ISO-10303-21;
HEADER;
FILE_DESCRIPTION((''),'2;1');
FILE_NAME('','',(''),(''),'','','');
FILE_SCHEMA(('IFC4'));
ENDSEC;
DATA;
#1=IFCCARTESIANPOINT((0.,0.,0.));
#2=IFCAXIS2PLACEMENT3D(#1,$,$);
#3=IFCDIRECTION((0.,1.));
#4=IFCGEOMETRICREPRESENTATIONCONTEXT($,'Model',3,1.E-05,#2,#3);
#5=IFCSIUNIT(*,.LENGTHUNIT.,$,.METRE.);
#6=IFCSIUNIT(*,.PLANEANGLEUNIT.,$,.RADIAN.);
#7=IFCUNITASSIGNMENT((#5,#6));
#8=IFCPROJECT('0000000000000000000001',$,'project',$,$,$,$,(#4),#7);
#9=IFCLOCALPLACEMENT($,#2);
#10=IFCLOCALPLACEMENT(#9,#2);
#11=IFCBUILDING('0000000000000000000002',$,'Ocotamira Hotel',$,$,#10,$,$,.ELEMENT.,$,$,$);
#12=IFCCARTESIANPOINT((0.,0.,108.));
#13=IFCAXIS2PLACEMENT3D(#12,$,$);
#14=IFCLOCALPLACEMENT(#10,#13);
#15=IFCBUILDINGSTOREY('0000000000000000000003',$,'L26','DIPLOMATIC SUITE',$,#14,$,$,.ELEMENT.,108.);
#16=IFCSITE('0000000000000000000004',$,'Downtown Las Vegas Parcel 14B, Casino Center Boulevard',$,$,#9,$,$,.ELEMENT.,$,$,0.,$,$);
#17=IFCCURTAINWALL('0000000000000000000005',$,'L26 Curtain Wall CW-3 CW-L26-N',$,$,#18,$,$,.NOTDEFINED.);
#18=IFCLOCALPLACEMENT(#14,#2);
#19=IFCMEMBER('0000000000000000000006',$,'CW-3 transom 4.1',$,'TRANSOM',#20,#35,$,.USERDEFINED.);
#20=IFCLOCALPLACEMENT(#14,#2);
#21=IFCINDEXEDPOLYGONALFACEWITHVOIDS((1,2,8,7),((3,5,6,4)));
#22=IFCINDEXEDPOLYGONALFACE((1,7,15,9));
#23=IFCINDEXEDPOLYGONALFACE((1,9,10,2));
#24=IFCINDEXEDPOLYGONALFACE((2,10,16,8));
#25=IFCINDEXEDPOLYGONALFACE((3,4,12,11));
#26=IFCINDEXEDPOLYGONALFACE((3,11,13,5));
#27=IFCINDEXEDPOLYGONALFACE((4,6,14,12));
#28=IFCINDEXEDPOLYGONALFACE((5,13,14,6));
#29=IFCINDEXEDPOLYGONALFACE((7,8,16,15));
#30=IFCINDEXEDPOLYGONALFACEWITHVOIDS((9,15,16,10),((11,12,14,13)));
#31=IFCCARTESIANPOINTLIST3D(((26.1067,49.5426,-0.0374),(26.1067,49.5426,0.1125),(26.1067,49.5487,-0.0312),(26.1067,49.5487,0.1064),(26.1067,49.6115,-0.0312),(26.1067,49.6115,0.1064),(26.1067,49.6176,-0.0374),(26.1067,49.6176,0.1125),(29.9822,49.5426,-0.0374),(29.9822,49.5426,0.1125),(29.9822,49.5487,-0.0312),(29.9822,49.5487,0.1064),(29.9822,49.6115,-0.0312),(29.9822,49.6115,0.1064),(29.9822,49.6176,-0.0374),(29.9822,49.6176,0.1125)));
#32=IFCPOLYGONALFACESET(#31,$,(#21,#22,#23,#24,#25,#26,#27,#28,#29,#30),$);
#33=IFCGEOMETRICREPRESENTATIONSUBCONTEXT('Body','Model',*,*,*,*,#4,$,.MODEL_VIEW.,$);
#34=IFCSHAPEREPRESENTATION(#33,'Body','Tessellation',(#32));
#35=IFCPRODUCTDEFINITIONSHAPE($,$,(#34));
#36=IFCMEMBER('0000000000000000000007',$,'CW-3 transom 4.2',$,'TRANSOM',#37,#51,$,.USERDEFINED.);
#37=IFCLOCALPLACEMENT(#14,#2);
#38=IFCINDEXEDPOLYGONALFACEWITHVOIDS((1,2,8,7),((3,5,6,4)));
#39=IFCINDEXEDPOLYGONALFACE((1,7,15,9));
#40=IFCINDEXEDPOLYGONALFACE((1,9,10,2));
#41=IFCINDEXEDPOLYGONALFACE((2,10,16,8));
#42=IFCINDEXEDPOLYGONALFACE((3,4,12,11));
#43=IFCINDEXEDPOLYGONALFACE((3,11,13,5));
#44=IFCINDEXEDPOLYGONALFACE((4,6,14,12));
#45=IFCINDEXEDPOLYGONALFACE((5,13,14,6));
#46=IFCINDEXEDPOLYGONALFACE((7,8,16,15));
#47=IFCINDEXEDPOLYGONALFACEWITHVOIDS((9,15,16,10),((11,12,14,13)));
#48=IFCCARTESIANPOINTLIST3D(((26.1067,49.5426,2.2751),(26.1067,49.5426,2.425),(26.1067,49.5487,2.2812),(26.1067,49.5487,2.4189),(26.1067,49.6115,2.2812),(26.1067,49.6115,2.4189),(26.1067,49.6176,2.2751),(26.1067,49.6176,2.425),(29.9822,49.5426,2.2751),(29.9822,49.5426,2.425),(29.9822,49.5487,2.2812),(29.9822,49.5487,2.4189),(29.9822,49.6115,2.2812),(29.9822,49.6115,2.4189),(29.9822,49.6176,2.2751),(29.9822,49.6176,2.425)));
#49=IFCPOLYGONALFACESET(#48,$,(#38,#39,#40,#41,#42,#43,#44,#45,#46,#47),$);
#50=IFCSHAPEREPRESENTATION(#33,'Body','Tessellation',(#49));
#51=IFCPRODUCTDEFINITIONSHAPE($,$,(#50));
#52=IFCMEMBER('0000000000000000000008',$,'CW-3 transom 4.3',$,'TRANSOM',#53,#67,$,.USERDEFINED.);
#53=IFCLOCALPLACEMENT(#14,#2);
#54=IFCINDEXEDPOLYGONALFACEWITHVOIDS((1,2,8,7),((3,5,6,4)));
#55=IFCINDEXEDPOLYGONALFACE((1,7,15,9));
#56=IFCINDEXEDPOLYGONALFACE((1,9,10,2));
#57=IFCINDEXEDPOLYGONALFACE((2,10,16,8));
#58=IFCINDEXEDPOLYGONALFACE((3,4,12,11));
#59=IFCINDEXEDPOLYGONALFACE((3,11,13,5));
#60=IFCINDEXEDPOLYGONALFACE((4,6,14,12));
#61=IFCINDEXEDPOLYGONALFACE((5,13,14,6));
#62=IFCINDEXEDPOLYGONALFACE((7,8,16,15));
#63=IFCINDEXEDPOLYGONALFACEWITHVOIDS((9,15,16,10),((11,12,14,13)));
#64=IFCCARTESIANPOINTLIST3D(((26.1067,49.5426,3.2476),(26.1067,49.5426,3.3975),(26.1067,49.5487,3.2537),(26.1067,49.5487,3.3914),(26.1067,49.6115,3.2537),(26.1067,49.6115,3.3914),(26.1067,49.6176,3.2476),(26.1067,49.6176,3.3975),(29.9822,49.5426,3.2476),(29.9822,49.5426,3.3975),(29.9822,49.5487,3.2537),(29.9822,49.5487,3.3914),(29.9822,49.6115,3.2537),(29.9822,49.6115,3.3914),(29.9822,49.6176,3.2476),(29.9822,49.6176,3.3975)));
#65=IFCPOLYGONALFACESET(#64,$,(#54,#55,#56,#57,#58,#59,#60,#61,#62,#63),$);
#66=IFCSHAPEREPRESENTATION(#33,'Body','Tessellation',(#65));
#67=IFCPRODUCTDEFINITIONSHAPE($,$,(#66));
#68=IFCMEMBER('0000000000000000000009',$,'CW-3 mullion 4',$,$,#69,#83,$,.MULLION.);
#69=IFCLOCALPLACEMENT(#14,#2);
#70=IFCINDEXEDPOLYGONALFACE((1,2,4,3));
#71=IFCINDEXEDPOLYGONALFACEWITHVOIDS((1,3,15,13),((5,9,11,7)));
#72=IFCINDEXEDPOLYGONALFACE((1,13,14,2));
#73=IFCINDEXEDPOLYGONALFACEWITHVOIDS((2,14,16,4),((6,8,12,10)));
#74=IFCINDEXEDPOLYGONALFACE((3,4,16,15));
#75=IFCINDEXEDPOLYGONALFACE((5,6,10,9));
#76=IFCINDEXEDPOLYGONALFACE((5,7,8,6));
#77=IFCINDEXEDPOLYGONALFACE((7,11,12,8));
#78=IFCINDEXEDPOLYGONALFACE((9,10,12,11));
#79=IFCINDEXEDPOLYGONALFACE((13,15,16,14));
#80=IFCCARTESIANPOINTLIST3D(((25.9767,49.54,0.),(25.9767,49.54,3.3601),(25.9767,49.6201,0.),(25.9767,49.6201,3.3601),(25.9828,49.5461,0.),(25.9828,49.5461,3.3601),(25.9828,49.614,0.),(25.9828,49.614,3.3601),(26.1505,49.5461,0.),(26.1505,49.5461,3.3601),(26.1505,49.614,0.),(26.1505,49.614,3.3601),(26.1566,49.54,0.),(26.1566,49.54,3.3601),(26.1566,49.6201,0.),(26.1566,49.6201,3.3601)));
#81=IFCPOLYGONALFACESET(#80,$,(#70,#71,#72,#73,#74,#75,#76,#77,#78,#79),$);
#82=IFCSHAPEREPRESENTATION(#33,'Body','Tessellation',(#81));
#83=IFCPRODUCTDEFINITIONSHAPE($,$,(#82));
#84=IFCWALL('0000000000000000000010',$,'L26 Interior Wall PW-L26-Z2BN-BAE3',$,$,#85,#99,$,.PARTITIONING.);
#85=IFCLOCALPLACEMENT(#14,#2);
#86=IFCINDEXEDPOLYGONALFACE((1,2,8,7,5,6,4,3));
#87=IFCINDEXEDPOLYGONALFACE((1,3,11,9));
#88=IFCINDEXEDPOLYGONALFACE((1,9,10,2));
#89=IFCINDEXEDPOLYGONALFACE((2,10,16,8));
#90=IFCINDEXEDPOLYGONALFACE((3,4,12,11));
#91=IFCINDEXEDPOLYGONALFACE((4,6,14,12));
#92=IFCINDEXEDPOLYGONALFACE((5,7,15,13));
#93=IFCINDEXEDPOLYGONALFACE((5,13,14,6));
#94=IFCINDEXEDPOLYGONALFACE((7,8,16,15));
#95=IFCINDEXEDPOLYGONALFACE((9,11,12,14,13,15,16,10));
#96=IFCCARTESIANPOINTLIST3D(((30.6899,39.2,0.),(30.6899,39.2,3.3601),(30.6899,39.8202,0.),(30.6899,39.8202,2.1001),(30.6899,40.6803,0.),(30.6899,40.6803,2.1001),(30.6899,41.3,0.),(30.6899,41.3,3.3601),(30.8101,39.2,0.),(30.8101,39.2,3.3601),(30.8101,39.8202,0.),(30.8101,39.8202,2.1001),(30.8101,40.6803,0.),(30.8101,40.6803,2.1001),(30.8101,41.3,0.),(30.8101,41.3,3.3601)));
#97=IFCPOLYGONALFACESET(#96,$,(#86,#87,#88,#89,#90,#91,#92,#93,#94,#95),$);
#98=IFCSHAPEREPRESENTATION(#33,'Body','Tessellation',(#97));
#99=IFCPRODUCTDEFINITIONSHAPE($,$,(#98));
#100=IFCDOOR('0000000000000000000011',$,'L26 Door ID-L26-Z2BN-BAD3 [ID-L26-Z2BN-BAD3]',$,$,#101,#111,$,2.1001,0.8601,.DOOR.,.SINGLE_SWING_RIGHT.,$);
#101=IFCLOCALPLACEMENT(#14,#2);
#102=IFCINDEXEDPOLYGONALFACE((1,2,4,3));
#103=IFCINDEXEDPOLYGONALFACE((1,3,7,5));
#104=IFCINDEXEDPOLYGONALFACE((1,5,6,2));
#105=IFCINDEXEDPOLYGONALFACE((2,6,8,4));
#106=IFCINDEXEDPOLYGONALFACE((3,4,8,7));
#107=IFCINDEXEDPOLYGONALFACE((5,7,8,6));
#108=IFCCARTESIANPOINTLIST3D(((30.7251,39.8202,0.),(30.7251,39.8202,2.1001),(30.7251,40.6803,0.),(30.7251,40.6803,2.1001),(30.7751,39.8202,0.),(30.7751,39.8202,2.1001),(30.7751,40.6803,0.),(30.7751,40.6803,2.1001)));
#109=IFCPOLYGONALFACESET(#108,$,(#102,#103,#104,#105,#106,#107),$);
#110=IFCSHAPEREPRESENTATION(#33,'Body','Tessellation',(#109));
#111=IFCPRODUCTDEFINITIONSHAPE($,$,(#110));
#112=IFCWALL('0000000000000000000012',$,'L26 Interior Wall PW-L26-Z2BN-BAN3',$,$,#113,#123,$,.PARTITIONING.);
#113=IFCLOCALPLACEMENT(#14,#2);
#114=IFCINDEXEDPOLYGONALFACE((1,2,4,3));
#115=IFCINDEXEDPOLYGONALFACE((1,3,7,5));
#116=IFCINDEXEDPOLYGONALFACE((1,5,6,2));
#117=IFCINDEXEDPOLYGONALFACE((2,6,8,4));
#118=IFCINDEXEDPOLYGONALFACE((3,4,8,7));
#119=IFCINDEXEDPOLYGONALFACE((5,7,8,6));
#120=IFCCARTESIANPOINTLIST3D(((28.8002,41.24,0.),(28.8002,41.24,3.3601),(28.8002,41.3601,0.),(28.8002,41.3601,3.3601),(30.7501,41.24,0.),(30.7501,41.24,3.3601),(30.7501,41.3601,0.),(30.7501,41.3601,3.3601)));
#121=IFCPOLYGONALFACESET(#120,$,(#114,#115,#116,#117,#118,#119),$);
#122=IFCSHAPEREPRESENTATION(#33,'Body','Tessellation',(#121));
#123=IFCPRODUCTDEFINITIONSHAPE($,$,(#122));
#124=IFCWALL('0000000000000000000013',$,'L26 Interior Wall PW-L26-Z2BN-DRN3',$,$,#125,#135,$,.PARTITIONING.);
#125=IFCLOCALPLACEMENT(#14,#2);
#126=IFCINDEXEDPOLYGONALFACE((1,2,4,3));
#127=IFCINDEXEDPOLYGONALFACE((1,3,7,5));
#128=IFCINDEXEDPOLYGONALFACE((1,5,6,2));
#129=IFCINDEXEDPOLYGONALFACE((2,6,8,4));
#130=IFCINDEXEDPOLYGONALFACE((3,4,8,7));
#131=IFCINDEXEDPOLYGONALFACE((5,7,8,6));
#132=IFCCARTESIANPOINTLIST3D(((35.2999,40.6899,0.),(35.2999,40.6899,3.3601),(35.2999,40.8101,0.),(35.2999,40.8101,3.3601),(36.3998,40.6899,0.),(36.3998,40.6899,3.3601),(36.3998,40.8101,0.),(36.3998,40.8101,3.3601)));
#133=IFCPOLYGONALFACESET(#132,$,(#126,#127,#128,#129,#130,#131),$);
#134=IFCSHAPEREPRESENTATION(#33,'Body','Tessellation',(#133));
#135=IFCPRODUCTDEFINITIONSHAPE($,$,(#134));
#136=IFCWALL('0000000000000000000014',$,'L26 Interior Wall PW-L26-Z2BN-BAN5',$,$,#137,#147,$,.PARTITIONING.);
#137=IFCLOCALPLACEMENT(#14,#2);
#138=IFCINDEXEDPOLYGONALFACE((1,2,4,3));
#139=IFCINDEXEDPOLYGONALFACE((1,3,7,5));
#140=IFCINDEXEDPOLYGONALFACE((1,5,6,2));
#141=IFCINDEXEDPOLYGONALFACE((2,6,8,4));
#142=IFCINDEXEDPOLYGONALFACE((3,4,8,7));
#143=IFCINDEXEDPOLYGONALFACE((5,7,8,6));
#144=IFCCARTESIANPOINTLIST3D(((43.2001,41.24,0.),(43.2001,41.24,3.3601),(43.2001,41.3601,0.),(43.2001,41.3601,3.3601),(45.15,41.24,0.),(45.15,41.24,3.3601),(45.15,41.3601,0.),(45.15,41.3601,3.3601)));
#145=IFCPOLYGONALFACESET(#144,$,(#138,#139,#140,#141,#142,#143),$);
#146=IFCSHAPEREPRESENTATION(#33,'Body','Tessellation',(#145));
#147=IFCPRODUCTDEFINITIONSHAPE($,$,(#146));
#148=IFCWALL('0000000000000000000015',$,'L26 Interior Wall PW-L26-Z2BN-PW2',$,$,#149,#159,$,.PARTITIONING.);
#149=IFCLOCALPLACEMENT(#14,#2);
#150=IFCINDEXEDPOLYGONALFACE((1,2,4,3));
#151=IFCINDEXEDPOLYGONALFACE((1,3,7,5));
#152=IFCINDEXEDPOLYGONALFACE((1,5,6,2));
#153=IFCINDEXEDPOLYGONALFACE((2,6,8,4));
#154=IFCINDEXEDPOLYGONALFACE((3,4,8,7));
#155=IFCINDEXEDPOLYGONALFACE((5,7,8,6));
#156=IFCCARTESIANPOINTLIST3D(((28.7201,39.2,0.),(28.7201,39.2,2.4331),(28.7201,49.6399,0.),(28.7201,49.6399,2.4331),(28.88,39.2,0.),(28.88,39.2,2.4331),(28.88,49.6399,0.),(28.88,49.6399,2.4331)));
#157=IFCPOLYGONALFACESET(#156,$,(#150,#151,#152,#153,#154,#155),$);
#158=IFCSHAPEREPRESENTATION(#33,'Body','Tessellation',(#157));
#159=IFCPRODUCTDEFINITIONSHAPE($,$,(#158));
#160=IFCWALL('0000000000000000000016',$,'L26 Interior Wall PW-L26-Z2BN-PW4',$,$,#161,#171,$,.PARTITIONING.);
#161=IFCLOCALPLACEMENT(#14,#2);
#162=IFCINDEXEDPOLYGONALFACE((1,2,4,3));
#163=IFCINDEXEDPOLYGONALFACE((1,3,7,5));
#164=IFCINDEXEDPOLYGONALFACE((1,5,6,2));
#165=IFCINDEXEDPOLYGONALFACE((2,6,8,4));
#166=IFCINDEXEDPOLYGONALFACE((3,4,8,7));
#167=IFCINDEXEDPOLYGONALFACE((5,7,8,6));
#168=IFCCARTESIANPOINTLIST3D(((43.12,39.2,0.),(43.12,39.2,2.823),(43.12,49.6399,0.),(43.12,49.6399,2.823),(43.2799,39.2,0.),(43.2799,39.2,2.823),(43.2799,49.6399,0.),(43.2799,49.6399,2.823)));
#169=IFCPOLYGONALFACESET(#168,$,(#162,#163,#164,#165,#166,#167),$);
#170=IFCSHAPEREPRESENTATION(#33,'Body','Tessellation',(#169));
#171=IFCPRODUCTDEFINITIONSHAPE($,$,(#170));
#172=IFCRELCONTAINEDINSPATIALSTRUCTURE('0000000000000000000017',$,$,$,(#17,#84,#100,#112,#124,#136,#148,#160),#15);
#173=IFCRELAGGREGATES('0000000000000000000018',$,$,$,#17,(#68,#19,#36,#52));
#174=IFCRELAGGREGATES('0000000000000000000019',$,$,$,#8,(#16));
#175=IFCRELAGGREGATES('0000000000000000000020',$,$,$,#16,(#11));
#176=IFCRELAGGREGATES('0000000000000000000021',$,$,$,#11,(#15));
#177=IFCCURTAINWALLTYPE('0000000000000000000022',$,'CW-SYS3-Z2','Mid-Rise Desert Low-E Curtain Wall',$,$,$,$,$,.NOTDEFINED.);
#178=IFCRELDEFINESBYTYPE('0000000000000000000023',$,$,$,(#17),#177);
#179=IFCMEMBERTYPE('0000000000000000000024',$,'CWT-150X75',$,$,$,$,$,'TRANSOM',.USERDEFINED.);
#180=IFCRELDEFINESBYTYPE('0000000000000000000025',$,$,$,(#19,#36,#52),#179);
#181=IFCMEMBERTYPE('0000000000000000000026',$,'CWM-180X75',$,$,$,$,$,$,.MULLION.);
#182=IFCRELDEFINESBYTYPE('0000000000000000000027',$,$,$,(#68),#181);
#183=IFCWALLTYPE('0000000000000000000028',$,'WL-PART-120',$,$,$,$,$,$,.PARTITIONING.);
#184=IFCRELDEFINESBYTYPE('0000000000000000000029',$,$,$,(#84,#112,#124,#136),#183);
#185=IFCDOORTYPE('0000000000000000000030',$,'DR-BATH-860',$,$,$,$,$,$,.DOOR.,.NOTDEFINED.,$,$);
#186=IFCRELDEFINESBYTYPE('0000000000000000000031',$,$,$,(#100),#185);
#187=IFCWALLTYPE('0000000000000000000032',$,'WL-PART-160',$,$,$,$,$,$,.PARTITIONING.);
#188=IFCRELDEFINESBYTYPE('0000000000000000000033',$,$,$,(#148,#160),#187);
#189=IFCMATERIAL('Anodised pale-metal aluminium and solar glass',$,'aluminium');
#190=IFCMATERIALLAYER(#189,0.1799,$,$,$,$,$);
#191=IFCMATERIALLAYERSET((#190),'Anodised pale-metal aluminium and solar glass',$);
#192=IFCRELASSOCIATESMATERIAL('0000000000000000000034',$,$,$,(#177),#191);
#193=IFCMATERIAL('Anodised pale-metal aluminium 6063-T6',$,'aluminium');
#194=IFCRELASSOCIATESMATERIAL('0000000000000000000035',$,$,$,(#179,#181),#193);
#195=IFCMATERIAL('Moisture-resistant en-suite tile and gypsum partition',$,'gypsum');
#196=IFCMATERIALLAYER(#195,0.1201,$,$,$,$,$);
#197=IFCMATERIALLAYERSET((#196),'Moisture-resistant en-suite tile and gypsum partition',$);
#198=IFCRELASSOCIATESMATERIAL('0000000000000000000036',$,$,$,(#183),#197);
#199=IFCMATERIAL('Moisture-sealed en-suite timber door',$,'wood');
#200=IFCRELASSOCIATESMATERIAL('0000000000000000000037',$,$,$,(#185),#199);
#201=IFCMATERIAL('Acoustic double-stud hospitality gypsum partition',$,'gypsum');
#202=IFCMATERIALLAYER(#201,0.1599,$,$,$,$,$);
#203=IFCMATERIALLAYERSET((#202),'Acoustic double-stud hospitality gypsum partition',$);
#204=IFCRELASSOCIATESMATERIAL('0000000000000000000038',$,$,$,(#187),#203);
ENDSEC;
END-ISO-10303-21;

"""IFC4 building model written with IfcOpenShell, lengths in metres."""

from ifc_helpers import new_model, si_unit, direction, frame, frame_2d, origin, origin_2d, place, context, subcontext, project, spatial, rectangle, hollow_rectangle, extrude, source, transform, mapped, material, layer, layer_set, material_profile, profile_set, type_object, element, fill, aggregate, save


model = new_model("IFC4")

# Units and contexts
model_context = context("Model", 3, precision=1e-05, world=origin(), true_north=direction((0.0, 1.0)))
body_context = subcontext(model_context, "Body", "Model", "MODEL_VIEW")
ifc_project = project(units=[si_unit("LENGTHUNIT", "METRE"), si_unit("PLANEANGLEUNIT", "RADIAN")], contexts=[model_context])

# Site, building, storey
site_placement = place(None, origin())
site = spatial("IfcSite", under=ifc_project, at=site_placement, Name="Downtown Las Vegas Parcel 14B, Casino Center Boulevard", CompositionType="ELEMENT", RefElevation=0.0)
building_placement = place(site_placement, origin())
building = spatial("IfcBuilding", under=site, at=building_placement, Name="Ocotamira Hotel", CompositionType="ELEMENT")
storey_placement = place(building_placement, frame((0.0, 0.0, 108.0)))
storey = spatial("IfcBuildingStorey", under=building, at=storey_placement, Name="L26", Description="DIPLOMATIC SUITE", CompositionType="ELEMENT", Elevation=108.0)

# Curtain wall, members
ifc_material_1 = material(Name="Anodised pale-metal aluminium and solar glass", Category="aluminium")
ifc_layer_1 = layer(ifc_material_1, 0.1799)
ifc_layer_set_1 = layer_set([ifc_layer_1], Name="Anodised pale-metal aluminium and solar glass")
curtain_wall_type = type_object("IfcCurtainWallType", Name="CW-SYS3-Z2", Description="Mid-Rise Desert Low-E Curtain Wall", PredefinedType="NOTDEFINED", material=ifc_layer_set_1)
curtain_wall_placement = place(storey_placement, origin())
curtain_wall = element("IfcCurtainWall", 1, at=curtain_wall_placement, inside=storey, type_object=curtain_wall_type, Name="L26 Curtain Wall CW-3 CW-L26-N", PredefinedType="NOTDEFINED")
ifc_material_2 = material(Name="Anodised pale-metal aluminium 6063-T6", Category="aluminium")
ifc_material_profile_1 = material_profile(ifc_material_2, hollow_rectangle(XDim=0.075, YDim=0.1499, WallThickness=0.0061, at=origin_2d()), Name="HSS150X75X6")
ifc_profile_set_1 = profile_set([ifc_material_profile_1], Name="Anodised pale-metal aluminium 6063-T6")
member_type_1 = type_object("IfcMemberType", Name="CWT-150X75", ElementType="TRANSOM", PredefinedType="USERDEFINED", material=ifc_profile_set_1)
shared_shape_1 = source(origin(), body_context, "Body", "SweptSolid", [
    extrude(hollow_rectangle(XDim=0.075, YDim=0.1499, WallThickness=0.0061, at=origin_2d()), origin(), (0.0, 0.0, 1.0), 3.8755),
])
member_1_placement = place(storey_placement, frame((26.1067, 49.5801, 0.0376), z_axis=(1.0, 0.0, 0.0), x_axis=(0.0, 1.0, 0.0)))
member_1 = element("IfcMember", 2, at=member_1_placement, type_object=member_type_1, Name="CW-3 transom 4.1", ObjectType="TRANSOM", PredefinedType="USERDEFINED", context=body_context, shape_type="MappedRepresentation", body=[
    mapped(shared_shape_1, transform((0.0, 0.0, 0.0), scale=1.0)),
])
member_2_placement = place(storey_placement, frame((26.1067, 49.5801, 2.3501), z_axis=(1.0, 0.0, 0.0), x_axis=(0.0, 1.0, 0.0)))
member_2 = element("IfcMember", 3, at=member_2_placement, type_object=member_type_1, Name="CW-3 transom 4.2", ObjectType="TRANSOM", PredefinedType="USERDEFINED", context=body_context, shape_type="MappedRepresentation", body=[
    mapped(shared_shape_1, transform((0.0, 0.0, 0.0), scale=1.0)),
])
member_3_placement = place(storey_placement, frame((26.1067, 49.5801, 3.3225), z_axis=(1.0, 0.0, 0.0), x_axis=(0.0, 1.0, 0.0)))
member_3 = element("IfcMember", 4, at=member_3_placement, type_object=member_type_1, Name="CW-3 transom 4.3", ObjectType="TRANSOM", PredefinedType="USERDEFINED", context=body_context, shape_type="MappedRepresentation", body=[
    mapped(shared_shape_1, transform((0.0, 0.0, 0.0), scale=1.0)),
])
ifc_material_profile_2 = material_profile(ifc_material_2, hollow_rectangle(XDim=0.0801, YDim=0.1799, WallThickness=0.0061, at=origin_2d()), Name="HSS180X80X6")
ifc_profile_set_2 = profile_set([ifc_material_profile_2], Name="Anodised pale-metal aluminium 6063-T6")
member_type_2 = type_object("IfcMemberType", Name="CWM-180X75", PredefinedType="MULLION", material=ifc_profile_set_2)
shared_shape_2 = source(origin(), body_context, "Body", "SweptSolid", [
    extrude(hollow_rectangle(XDim=0.0801, YDim=0.1799, WallThickness=0.0061, at=origin_2d()), origin(), (0.0, 0.0, 1.0), 3.3601),
])
member_4_placement = place(storey_placement, frame((26.0667, 49.5801, 0.0), z_axis=(0.0, 0.0, 1.0), x_axis=(0.0, 1.0, 0.0)))
member_4 = element("IfcMember", 5, at=member_4_placement, type_object=member_type_2, Name="CW-3 mullion 4", PredefinedType="MULLION", context=body_context, shape_type="MappedRepresentation", body=[
    mapped(shared_shape_2, transform((0.0, 0.0, 0.0), scale=1.0)),
])
aggregate(curtain_wall, [member_4, member_1, member_2, member_3])

# Wall, opening, door
ifc_material_3 = material(Name="Moisture-resistant en-suite tile and gypsum partition", Category="gypsum")
ifc_layer_2 = layer(ifc_material_3, 0.1201)
ifc_layer_set_2 = layer_set([ifc_layer_2], Name="Moisture-resistant en-suite tile and gypsum partition")
wall_type_1 = type_object("IfcWallType", Name="WL-PART-120", PredefinedType="PARTITIONING", material=ifc_layer_set_2)
wall_1_placement = place(storey_placement, frame((30.75, 39.2, 0.0), z_axis=(0.0, 0.0, 1.0), x_axis=(0.0, 1.0, 0.0)))
wall_1 = element("IfcWall", 6, at=wall_1_placement, inside=storey, type_object=wall_type_1, Name="L26 Interior Wall PW-L26-Z2BN-BAE3", PredefinedType="PARTITIONING", context=body_context, shape_type="SweptSolid", body=[
    extrude(rectangle(XDim=2.1001, YDim=0.1201, at=frame_2d((1.05, 0.0))), origin(), (0.0, 0.0, 1.0), 3.3601),
])
opening_1_placement = place(wall_1_placement, frame((0.6201, 0.0, 0.0)))
opening_1 = element("IfcOpeningElement", 7, at=opening_1_placement, cuts=wall_1, PredefinedType="OPENING", context=body_context, shape_type="SweptSolid", body=[
    extrude(rectangle(XDim=0.8601, YDim=2.1001, at=frame_2d((0.4302, 1.05))), frame((0.0, 0.0701, 0.0), z_axis=(0.0, -1.0, 0.0), x_axis=(1.0, 0.0, 0.0)), (0.0, 0.0, 1.0), 0.1401),
])
ifc_material_4 = material(Name="Moisture-sealed en-suite timber door", Category="wood")
door_type_1 = type_object("IfcDoorType", Name="DR-BATH-860", OperationType="NOTDEFINED", PredefinedType="DOOR", material=ifc_material_4)
shared_shape_3 = source(origin(), body_context, "Body", "SweptSolid", [
    extrude(rectangle(XDim=0.8601, YDim=2.1001, at=frame_2d((0.4302, 1.05))), frame((0.0, 0.0249, 0.0), z_axis=(0.0, -1.0, 0.0), x_axis=(1.0, 0.0, 0.0)), (0.0, 0.0, 1.0), 0.05),
])
door_1_placement = place(opening_1_placement, origin())
door_1 = element("IfcDoor", 8, at=door_1_placement, inside=storey, type_object=door_type_1, Name="L26 Door ID-L26-Z2BN-BAD3 [ID-L26-Z2BN-BAD3]", OperationType="SINGLE_SWING_RIGHT", OverallHeight=2.1001, OverallWidth=0.8601, PredefinedType="DOOR", context=body_context, shape_type="MappedRepresentation", body=[
    mapped(shared_shape_3, transform((0.0, 0.0, 0.0), scale=1.0)),
])
fill(opening_1, door_1)

# Walls
wall_2_placement = place(storey_placement, frame((28.8, 41.3, 0.0), z_axis=(0.0, 0.0, 1.0), x_axis=(1.0, 0.0, 0.0)))
element("IfcWall", 9, at=wall_2_placement, inside=storey, type_object=wall_type_1, Name="L26 Interior Wall PW-L26-Z2BN-BAN3", PredefinedType="PARTITIONING", context=body_context, shape_type="SweptSolid", body=[
    extrude(rectangle(XDim=1.95, YDim=0.1201, at=frame_2d((0.9751, 0.0))), origin(), (0.0, 0.0, 1.0), 3.3601),
])
wall_3_placement = place(storey_placement, frame((35.3, 40.75, 0.0), z_axis=(0.0, 0.0, 1.0), x_axis=(1.0, 0.0, 0.0)))
element("IfcWall", 10, at=wall_3_placement, inside=storey, type_object=wall_type_1, Name="L26 Interior Wall PW-L26-Z2BN-DRN3", PredefinedType="PARTITIONING", context=body_context, shape_type="SweptSolid", body=[
    extrude(rectangle(XDim=1.0999, YDim=0.1201, at=frame_2d((0.5498, 0.0))), origin(), (0.0, 0.0, 1.0), 3.3601),
])
wall_4_placement = place(storey_placement, frame((43.2, 41.3, 0.0), z_axis=(0.0, 0.0, 1.0), x_axis=(1.0, 0.0, 0.0)))
element("IfcWall", 11, at=wall_4_placement, inside=storey, type_object=wall_type_1, Name="L26 Interior Wall PW-L26-Z2BN-BAN5", PredefinedType="PARTITIONING", context=body_context, shape_type="SweptSolid", body=[
    extrude(rectangle(XDim=1.95, YDim=0.1201, at=frame_2d((0.9751, 0.0))), origin(), (0.0, 0.0, 1.0), 3.3601),
])
ifc_material_5 = material(Name="Acoustic double-stud hospitality gypsum partition", Category="gypsum")
ifc_layer_3 = layer(ifc_material_5, 0.1599)
ifc_layer_set_3 = layer_set([ifc_layer_3], Name="Acoustic double-stud hospitality gypsum partition")
wall_type_2 = type_object("IfcWallType", Name="WL-PART-160", PredefinedType="PARTITIONING", material=ifc_layer_set_3)
wall_5_placement = place(storey_placement, frame((28.8, 39.2, 0.0), z_axis=(0.0, 0.0, 1.0), x_axis=(0.0, 1.0, 0.0)))
element("IfcWall", 12, at=wall_5_placement, inside=storey, type_object=wall_type_2, Name="L26 Interior Wall PW-L26-Z2BN-PW2", PredefinedType="PARTITIONING", context=body_context, shape_type="SweptSolid", body=[
    extrude(rectangle(XDim=10.4399, YDim=0.1599, at=frame_2d((5.22, 0.0))), origin(), (0.0, 0.0, 1.0), 2.4331),
])
wall_6_placement = place(storey_placement, frame((43.2, 39.2, 0.0), z_axis=(0.0, 0.0, 1.0), x_axis=(0.0, 1.0, 0.0)))
element("IfcWall", 13, at=wall_6_placement, inside=storey, type_object=wall_type_2, Name="L26 Interior Wall PW-L26-Z2BN-PW4", PredefinedType="PARTITIONING", context=body_context, shape_type="SweptSolid", body=[
    extrude(rectangle(XDim=10.4399, YDim=0.1599, at=frame_2d((5.22, 0.0))), origin(), (0.0, 0.0, 1.0), 2.823),
])

save(model, "model.ifc")
